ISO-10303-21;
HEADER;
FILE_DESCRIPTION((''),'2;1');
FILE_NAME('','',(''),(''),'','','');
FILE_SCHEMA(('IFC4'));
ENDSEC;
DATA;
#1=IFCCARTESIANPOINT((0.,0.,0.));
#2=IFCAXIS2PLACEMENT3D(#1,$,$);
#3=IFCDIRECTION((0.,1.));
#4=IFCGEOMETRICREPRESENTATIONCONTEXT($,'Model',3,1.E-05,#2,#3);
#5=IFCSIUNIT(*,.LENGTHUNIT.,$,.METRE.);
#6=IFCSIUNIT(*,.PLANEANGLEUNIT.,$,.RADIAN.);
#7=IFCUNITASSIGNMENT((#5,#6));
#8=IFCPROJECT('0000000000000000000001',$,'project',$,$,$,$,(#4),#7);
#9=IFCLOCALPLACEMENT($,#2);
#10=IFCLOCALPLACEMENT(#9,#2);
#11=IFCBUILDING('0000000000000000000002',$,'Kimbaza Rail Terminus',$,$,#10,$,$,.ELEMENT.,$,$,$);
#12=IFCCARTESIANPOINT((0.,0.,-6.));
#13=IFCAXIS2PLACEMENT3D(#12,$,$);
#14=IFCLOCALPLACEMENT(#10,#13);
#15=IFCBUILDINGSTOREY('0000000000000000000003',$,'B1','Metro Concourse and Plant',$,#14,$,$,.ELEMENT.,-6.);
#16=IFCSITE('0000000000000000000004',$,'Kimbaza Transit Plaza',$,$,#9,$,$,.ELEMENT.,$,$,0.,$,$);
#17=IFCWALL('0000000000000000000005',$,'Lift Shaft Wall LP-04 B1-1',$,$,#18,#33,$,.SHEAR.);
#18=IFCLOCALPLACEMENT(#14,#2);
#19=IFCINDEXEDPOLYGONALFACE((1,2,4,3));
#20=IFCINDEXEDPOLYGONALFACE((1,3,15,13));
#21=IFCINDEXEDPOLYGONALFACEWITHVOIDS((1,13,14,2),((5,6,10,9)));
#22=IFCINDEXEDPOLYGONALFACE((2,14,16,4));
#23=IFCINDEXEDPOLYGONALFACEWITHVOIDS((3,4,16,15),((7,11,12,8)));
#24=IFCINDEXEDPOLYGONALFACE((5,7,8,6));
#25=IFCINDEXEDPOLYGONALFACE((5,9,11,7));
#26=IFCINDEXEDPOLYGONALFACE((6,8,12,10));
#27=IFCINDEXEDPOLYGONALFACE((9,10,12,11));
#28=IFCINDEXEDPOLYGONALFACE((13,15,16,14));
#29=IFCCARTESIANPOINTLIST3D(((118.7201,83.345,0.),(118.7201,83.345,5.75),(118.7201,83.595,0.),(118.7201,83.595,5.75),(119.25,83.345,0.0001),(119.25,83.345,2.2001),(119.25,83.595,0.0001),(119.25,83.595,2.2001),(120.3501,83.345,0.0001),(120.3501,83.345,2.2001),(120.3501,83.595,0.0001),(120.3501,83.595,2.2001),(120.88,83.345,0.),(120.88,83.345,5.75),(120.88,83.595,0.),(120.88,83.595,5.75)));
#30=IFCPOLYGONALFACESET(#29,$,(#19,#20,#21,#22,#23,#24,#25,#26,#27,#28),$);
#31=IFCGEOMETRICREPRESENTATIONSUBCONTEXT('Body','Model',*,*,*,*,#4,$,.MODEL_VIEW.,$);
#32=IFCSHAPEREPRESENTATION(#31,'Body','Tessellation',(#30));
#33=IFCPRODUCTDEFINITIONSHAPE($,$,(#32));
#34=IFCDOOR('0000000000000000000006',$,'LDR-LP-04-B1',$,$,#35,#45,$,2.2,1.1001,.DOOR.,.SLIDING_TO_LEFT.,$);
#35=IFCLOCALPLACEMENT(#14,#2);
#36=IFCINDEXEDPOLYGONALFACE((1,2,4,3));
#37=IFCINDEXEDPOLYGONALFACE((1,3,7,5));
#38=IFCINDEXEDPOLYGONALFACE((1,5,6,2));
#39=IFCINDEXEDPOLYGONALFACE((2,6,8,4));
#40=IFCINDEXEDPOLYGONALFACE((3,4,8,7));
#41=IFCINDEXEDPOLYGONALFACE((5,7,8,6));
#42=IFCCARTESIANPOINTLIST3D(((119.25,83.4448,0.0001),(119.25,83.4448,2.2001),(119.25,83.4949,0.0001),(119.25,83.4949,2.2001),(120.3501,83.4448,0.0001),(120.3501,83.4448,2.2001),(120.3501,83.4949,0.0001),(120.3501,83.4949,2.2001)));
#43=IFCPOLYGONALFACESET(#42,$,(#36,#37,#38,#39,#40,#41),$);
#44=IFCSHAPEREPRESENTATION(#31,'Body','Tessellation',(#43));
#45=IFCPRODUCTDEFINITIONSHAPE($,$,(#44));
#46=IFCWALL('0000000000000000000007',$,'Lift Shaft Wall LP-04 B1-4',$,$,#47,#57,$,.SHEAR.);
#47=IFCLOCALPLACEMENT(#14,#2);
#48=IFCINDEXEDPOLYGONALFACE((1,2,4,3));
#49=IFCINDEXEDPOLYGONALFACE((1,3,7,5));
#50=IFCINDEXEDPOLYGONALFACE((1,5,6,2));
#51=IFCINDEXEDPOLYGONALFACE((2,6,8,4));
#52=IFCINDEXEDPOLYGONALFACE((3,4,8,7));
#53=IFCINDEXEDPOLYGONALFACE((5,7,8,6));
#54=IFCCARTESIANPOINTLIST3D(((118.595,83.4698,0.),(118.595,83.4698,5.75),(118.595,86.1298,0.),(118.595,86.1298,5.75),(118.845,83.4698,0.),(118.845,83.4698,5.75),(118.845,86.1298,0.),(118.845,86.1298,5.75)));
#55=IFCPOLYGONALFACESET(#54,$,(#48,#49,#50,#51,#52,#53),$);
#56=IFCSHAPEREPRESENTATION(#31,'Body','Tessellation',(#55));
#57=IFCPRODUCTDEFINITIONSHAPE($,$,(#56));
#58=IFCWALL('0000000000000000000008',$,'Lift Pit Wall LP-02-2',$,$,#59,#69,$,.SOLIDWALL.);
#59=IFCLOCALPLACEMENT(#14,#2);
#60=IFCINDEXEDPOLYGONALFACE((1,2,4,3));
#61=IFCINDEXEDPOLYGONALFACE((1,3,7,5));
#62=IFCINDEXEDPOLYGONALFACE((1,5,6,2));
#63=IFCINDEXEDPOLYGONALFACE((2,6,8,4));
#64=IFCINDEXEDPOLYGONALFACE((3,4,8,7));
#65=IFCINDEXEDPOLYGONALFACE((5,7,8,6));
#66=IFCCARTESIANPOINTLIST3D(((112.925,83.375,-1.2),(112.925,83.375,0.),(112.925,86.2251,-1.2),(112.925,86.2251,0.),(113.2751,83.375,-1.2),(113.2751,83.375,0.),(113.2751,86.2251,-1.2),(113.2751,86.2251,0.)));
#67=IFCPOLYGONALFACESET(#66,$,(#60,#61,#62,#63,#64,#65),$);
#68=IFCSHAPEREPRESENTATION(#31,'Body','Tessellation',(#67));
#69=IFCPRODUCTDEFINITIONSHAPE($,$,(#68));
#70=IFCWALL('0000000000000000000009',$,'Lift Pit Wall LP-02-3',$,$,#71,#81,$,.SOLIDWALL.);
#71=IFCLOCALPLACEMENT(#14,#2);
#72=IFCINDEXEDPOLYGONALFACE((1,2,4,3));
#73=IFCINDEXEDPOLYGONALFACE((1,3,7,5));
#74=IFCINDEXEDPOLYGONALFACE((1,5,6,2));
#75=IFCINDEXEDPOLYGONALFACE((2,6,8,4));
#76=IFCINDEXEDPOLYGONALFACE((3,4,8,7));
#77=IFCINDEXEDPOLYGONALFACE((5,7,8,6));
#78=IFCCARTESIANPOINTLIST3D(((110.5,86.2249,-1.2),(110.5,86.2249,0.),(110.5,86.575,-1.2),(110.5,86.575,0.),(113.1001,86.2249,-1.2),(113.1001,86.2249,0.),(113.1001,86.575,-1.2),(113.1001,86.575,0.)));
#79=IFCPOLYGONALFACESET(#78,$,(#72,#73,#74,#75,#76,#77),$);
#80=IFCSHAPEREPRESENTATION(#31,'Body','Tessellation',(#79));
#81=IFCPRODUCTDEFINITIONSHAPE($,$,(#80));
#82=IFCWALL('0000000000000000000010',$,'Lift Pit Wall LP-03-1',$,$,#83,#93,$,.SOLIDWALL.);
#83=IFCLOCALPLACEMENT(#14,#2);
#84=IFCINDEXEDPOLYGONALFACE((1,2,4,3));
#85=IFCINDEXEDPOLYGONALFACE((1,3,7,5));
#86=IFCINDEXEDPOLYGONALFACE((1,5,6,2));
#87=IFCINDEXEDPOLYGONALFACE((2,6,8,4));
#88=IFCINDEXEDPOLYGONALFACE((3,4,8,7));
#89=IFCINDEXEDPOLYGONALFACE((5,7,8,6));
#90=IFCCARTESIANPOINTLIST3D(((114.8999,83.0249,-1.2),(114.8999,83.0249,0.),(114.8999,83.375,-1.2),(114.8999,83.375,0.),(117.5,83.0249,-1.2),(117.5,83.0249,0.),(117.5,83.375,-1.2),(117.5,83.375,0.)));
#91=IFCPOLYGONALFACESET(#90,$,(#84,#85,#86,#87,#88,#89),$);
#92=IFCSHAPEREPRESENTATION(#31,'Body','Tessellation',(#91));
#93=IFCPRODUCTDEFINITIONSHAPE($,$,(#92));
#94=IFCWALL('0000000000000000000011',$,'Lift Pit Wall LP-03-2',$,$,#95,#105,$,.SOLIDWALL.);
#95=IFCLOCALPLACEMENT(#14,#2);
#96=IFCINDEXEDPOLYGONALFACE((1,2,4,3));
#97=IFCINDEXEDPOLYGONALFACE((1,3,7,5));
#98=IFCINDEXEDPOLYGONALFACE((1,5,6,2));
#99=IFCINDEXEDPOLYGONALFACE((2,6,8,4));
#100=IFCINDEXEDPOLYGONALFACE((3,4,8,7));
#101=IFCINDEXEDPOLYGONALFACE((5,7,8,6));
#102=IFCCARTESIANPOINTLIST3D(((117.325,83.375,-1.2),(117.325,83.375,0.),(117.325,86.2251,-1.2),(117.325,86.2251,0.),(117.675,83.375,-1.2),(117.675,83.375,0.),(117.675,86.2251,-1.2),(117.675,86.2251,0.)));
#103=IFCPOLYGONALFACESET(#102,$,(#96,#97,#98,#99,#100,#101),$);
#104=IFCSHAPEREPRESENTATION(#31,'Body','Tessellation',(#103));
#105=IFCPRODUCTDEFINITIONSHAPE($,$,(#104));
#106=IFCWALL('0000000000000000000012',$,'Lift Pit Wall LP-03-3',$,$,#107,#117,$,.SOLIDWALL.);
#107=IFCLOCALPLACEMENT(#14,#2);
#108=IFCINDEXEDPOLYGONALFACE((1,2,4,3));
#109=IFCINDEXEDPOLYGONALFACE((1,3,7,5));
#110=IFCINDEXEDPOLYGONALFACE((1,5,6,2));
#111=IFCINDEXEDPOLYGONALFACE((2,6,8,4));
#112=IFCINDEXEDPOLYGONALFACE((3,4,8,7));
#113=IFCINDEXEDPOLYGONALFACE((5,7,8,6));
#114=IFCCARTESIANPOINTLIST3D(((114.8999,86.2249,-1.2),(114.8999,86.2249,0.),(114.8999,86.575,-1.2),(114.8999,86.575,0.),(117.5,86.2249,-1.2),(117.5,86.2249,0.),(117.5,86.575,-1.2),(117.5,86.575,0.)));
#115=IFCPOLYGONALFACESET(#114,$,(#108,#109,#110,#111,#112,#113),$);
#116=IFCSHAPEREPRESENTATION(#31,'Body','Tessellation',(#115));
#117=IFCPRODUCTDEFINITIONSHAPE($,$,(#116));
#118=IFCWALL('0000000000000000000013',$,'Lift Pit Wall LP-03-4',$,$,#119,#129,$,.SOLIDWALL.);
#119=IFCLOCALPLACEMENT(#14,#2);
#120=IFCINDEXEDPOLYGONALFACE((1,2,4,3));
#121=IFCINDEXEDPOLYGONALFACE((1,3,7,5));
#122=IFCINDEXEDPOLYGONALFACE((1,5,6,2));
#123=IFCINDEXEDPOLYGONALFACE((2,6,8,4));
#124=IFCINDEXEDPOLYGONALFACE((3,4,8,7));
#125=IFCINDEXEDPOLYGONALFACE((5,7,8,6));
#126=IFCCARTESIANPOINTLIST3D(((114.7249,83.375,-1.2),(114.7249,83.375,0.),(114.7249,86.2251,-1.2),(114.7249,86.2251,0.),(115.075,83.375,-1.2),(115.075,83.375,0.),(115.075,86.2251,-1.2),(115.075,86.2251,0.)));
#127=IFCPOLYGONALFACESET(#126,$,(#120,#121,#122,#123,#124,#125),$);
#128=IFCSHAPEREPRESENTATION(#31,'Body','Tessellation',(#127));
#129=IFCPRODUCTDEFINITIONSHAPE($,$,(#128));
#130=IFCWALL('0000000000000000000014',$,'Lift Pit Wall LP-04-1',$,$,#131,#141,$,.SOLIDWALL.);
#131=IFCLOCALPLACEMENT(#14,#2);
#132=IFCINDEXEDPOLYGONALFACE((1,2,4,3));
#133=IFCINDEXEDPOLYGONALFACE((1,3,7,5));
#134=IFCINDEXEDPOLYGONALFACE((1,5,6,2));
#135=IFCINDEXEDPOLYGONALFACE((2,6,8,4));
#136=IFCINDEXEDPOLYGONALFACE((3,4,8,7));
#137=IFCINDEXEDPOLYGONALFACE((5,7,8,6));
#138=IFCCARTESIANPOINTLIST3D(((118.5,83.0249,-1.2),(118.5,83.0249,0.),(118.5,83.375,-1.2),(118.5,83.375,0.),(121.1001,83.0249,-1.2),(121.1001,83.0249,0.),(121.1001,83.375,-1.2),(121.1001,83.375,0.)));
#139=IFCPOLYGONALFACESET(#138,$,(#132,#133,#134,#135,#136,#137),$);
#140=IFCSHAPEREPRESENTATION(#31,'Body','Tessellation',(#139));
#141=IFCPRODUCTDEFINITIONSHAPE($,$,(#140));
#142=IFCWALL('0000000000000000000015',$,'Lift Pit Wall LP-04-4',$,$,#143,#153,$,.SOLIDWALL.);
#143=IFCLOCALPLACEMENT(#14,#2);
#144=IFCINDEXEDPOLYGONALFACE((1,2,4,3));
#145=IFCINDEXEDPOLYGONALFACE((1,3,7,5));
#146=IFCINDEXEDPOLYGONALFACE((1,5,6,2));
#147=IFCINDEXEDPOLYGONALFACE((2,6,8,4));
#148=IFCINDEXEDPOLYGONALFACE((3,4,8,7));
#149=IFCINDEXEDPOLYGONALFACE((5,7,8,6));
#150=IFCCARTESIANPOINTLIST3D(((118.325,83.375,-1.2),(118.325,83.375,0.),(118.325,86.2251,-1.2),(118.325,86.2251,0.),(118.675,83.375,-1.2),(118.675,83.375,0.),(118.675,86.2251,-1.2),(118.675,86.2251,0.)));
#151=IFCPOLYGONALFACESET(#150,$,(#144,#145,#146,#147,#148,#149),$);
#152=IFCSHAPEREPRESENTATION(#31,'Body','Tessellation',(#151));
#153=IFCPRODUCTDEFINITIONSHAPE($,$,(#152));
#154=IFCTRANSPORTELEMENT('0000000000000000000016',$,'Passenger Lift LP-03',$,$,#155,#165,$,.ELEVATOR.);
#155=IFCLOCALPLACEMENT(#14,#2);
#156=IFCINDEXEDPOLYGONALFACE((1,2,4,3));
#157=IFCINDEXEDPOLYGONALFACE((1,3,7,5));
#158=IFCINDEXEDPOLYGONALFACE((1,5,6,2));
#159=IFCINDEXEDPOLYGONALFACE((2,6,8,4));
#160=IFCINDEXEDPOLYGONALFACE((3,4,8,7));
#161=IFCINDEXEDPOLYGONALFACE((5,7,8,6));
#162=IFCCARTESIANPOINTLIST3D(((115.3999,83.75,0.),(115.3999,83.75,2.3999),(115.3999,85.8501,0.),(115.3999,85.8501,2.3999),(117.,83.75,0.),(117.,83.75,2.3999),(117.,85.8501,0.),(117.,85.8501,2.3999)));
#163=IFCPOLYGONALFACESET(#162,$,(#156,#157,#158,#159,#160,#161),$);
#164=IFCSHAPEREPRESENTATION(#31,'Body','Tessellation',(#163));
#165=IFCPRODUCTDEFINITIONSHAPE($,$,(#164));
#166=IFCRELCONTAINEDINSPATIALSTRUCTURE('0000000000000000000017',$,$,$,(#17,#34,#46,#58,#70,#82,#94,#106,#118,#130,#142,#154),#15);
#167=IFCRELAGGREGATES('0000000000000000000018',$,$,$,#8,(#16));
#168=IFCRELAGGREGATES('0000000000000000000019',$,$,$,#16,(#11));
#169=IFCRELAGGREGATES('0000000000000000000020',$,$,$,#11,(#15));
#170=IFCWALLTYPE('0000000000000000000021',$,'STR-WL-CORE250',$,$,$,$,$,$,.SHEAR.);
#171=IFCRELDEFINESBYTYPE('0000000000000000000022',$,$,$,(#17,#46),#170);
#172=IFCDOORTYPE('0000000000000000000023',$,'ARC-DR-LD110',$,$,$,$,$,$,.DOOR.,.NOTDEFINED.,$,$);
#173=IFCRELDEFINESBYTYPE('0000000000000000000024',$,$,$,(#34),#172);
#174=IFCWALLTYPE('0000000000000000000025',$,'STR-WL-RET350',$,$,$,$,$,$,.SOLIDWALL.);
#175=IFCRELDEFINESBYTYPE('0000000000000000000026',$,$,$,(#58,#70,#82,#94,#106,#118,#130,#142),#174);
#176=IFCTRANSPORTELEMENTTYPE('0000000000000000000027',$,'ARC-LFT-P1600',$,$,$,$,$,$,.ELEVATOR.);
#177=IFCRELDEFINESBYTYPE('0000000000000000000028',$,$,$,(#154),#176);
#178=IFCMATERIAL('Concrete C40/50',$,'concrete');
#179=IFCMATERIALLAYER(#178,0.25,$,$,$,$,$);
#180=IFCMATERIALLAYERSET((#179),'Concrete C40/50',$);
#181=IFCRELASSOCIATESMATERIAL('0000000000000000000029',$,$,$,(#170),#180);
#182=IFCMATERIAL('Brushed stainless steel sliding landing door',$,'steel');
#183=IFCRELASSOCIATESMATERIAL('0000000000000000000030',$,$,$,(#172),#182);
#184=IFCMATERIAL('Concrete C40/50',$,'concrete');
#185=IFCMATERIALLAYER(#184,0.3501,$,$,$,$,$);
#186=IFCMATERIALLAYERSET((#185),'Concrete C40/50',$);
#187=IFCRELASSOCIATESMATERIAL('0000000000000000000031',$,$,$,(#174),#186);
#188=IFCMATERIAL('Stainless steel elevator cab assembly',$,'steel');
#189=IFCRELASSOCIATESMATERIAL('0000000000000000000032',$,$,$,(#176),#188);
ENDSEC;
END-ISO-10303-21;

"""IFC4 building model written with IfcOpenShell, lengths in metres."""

from ifc_helpers import new_model, si_unit, direction, frame, frame_2d, origin, origin_2d, place, context, subcontext, project, spatial, rectangle, extrude, material, layer, layer_set, type_object, element, fill, save


model = new_model("IFC4")

# Units and contexts
model_context = context("Model", 3, precision=1e-05, world=origin(), true_north=direction((0.0, 1.0)))
body_context = subcontext(model_context, "Body", "Model", "MODEL_VIEW")
ifc_project = project(units=[si_unit("LENGTHUNIT", "METRE"), si_unit("PLANEANGLEUNIT", "RADIAN")], contexts=[model_context])

# Site, building, storey
site_placement = place(None, origin())
site = spatial("IfcSite", under=ifc_project, at=site_placement, Name="Kimbaza Transit Plaza", CompositionType="ELEMENT", RefElevation=0.0)
building_placement = place(site_placement, origin())
building = spatial("IfcBuilding", under=site, at=building_placement, Name="Kimbaza Rail Terminus", CompositionType="ELEMENT")
storey_placement = place(building_placement, frame((0.0, 0.0, -6.0)))
storey = spatial("IfcBuildingStorey", under=building, at=storey_placement, Name="B1", Description="Metro Concourse and Plant", CompositionType="ELEMENT", Elevation=-6.0)

# Shared definitions
ifc_material_1 = material(Name="Concrete C40/50", Category="concrete")
ifc_layer_1 = layer(ifc_material_1, 0.25)
ifc_layer_set_1 = layer_set([ifc_layer_1], Name="Concrete C40/50")
wall_type_1 = type_object("IfcWallType", Name="STR-WL-CORE250", PredefinedType="SHEAR", material=ifc_layer_set_1)
ifc_material_2 = material(Name="Brushed stainless steel sliding landing door", Category="steel")
door_type = type_object("IfcDoorType", Name="ARC-DR-LD110", OperationType="NOTDEFINED", PredefinedType="DOOR", material=ifc_material_2)

# Wall, opening, door
wall_1_placement = place(storey_placement, frame((118.72, 83.47, 0.0), z_axis=(0.0, 0.0, 1.0), x_axis=(1.0, 0.0, 0.0)))
wall_1 = element("IfcWall", 1, at=wall_1_placement, inside=storey, type_object=wall_type_1, Name="Lift Shaft Wall LP-04 B1-1", PredefinedType="SHEAR", context=body_context, shape_type="SweptSolid", body=[
    extrude(rectangle(XDim=2.1599, YDim=0.25, at=frame_2d((1.0801, 0.0))), origin(), (0.0, 0.0, 1.0), 5.75),
])
opening_1_placement = place(wall_1_placement, frame((0.53, 0.0, 0.0)))
opening_1 = element("IfcOpeningElement", 2, at=opening_1_placement, cuts=wall_1, PredefinedType="OPENING", context=body_context, shape_type="SweptSolid", body=[
    extrude(rectangle(XDim=1.1001, YDim=2.2, at=frame_2d((0.55, 1.1001))), frame((0.0, 0.135, 0.0), z_axis=(0.0, -1.0, 0.0), x_axis=(1.0, 0.0, 0.0)), (0.0, 0.0, 1.0), 0.27),
])
door_1_placement = place(opening_1_placement, origin())
door_1 = element("IfcDoor", 3, at=door_1_placement, inside=storey, type_object=door_type, Name="LDR-LP-04-B1", OperationType="SLIDING_TO_LEFT", OverallHeight=2.2, OverallWidth=1.1001, PredefinedType="DOOR", context=body_context, shape_type="SweptSolid", body=[
    extrude(rectangle(XDim=1.1001, YDim=2.2, at=frame_2d((0.55, 1.1001))), frame((0.0, 0.0249, 0.0), z_axis=(0.0, -1.0, 0.0), x_axis=(1.0, 0.0, 0.0)), (0.0, 0.0, 1.0), 0.05),
])
fill(opening_1, door_1)

# Walls
wall_2_placement = place(storey_placement, frame((118.72, 86.1299, 0.0), z_axis=(0.0, 0.0, 1.0), x_axis=(0.0, -1.0, 0.0)))
element("IfcWall", 4, at=wall_2_placement, inside=storey, type_object=wall_type_1, Name="Lift Shaft Wall LP-04 B1-4", PredefinedType="SHEAR", context=body_context, shape_type="SweptSolid", body=[
    extrude(rectangle(XDim=2.6599, YDim=0.25, at=frame_2d((1.3301, 0.0))), origin(), (0.0, 0.0, 1.0), 5.75),
])
ifc_material_3 = material(Name="Concrete C40/50", Category="concrete")
ifc_layer_2 = layer(ifc_material_3, 0.3501)
ifc_layer_set_2 = layer_set([ifc_layer_2], Name="Concrete C40/50")
wall_type_2 = type_object("IfcWallType", Name="STR-WL-RET350", PredefinedType="SOLIDWALL", material=ifc_layer_set_2)
wall_3_placement = place(storey_placement, frame((113.1001, 83.375, -1.2), z_axis=(0.0, 0.0, 1.0), x_axis=(0.0, 1.0, 0.0)))
element("IfcWall", 5, at=wall_3_placement, inside=storey, type_object=wall_type_2, Name="Lift Pit Wall LP-02-2", PredefinedType="SOLIDWALL", context=body_context, shape_type="SweptSolid", body=[
    extrude(rectangle(XDim=2.8501, YDim=0.3501, at=frame_2d((1.425, 0.0))), origin(), (0.0, 0.0, 1.0), 1.2),
])
for number, where, z_axis, x_axis, name in (
    (6, (113.1001, 86.3999, -1.2), (0.0, 0.0, 1.0), (-1.0, 0.0, 0.0), "Lift Pit Wall LP-02-3"),
    (7, (114.8999, 83.2, -1.2), (0.0, 0.0, 1.0), (1.0, 0.0, 0.0), "Lift Pit Wall LP-03-1"),
):
    element("IfcWall", number, at=place(storey_placement, frame(where, z_axis=z_axis, x_axis=x_axis)), inside=storey, type_object=wall_type_2, Name=name, PredefinedType="SOLIDWALL", context=body_context, shape_type="SweptSolid", body=[
        extrude(rectangle(XDim=2.6001, YDim=0.3501, at=frame_2d((1.3, 0.0))), origin(), (0.0, 0.0, 1.0), 1.2),
    ])
wall_4_placement = place(storey_placement, frame((117.5, 83.375, -1.2), z_axis=(0.0, 0.0, 1.0), x_axis=(0.0, 1.0, 0.0)))
element("IfcWall", 8, at=wall_4_placement, inside=storey, type_object=wall_type_2, Name="Lift Pit Wall LP-03-2", PredefinedType="SOLIDWALL", context=body_context, shape_type="SweptSolid", body=[
    extrude(rectangle(XDim=2.8501, YDim=0.3501, at=frame_2d((1.425, 0.0))), origin(), (0.0, 0.0, 1.0), 1.2),
])
wall_5_placement = place(storey_placement, frame((117.5, 86.3999, -1.2), z_axis=(0.0, 0.0, 1.0), x_axis=(-1.0, 0.0, 0.0)))
element("IfcWall", 9, at=wall_5_placement, inside=storey, type_object=wall_type_2, Name="Lift Pit Wall LP-03-3", PredefinedType="SOLIDWALL", context=body_context, shape_type="SweptSolid", body=[
    extrude(rectangle(XDim=2.6001, YDim=0.3501, at=frame_2d((1.3, 0.0))), origin(), (0.0, 0.0, 1.0), 1.2),
])
wall_6_placement = place(storey_placement, frame((114.8999, 86.2251, -1.2), z_axis=(0.0, 0.0, 1.0), x_axis=(0.0, -1.0, 0.0)))
element("IfcWall", 10, at=wall_6_placement, inside=storey, type_object=wall_type_2, Name="Lift Pit Wall LP-03-4", PredefinedType="SOLIDWALL", context=body_context, shape_type="SweptSolid", body=[
    extrude(rectangle(XDim=2.8501, YDim=0.3501, at=frame_2d((1.425, 0.0))), origin(), (0.0, 0.0, 1.0), 1.2),
])
wall_7_placement = place(storey_placement, frame((118.5, 83.2, -1.2), z_axis=(0.0, 0.0, 1.0), x_axis=(1.0, 0.0, 0.0)))
element("IfcWall", 11, at=wall_7_placement, inside=storey, type_object=wall_type_2, Name="Lift Pit Wall LP-04-1", PredefinedType="SOLIDWALL", context=body_context, shape_type="SweptSolid", body=[
    extrude(rectangle(XDim=2.6001, YDim=0.3501, at=frame_2d((1.3, 0.0))), origin(), (0.0, 0.0, 1.0), 1.2),
])
wall_8_placement = place(storey_placement, frame((118.5, 86.2251, -1.2), z_axis=(0.0, 0.0, 1.0), x_axis=(0.0, -1.0, 0.0)))
element("IfcWall", 12, at=wall_8_placement, inside=storey, type_object=wall_type_2, Name="Lift Pit Wall LP-04-4", PredefinedType="SOLIDWALL", context=body_context, shape_type="SweptSolid", body=[
    extrude(rectangle(XDim=2.8501, YDim=0.3501, at=frame_2d((1.425, 0.0))), origin(), (0.0, 0.0, 1.0), 1.2),
])

# Transport element
ifc_material_4 = material(Name="Stainless steel elevator cab assembly", Category="steel")
transport_element_type = type_object("IfcTransportElementType", Name="ARC-LFT-P1600", PredefinedType="ELEVATOR", material=ifc_material_4)
transport_element_placement = place(storey_placement, frame((116.2, 84.8, 0.0), z_axis=(0.0, 0.0, 1.0), x_axis=(1.0, 0.0, 0.0)))
element("IfcTransportElement", 13, at=transport_element_placement, inside=storey, type_object=transport_element_type, Name="Passenger Lift LP-03", PredefinedType="ELEVATOR", context=body_context, shape_type="SweptSolid", body=[
    extrude(rectangle(XDim=1.6001, YDim=2.1001, at=origin_2d()), origin(), (0.0, 0.0, 1.0), 2.3999),
])

save(model, "model.ifc")
